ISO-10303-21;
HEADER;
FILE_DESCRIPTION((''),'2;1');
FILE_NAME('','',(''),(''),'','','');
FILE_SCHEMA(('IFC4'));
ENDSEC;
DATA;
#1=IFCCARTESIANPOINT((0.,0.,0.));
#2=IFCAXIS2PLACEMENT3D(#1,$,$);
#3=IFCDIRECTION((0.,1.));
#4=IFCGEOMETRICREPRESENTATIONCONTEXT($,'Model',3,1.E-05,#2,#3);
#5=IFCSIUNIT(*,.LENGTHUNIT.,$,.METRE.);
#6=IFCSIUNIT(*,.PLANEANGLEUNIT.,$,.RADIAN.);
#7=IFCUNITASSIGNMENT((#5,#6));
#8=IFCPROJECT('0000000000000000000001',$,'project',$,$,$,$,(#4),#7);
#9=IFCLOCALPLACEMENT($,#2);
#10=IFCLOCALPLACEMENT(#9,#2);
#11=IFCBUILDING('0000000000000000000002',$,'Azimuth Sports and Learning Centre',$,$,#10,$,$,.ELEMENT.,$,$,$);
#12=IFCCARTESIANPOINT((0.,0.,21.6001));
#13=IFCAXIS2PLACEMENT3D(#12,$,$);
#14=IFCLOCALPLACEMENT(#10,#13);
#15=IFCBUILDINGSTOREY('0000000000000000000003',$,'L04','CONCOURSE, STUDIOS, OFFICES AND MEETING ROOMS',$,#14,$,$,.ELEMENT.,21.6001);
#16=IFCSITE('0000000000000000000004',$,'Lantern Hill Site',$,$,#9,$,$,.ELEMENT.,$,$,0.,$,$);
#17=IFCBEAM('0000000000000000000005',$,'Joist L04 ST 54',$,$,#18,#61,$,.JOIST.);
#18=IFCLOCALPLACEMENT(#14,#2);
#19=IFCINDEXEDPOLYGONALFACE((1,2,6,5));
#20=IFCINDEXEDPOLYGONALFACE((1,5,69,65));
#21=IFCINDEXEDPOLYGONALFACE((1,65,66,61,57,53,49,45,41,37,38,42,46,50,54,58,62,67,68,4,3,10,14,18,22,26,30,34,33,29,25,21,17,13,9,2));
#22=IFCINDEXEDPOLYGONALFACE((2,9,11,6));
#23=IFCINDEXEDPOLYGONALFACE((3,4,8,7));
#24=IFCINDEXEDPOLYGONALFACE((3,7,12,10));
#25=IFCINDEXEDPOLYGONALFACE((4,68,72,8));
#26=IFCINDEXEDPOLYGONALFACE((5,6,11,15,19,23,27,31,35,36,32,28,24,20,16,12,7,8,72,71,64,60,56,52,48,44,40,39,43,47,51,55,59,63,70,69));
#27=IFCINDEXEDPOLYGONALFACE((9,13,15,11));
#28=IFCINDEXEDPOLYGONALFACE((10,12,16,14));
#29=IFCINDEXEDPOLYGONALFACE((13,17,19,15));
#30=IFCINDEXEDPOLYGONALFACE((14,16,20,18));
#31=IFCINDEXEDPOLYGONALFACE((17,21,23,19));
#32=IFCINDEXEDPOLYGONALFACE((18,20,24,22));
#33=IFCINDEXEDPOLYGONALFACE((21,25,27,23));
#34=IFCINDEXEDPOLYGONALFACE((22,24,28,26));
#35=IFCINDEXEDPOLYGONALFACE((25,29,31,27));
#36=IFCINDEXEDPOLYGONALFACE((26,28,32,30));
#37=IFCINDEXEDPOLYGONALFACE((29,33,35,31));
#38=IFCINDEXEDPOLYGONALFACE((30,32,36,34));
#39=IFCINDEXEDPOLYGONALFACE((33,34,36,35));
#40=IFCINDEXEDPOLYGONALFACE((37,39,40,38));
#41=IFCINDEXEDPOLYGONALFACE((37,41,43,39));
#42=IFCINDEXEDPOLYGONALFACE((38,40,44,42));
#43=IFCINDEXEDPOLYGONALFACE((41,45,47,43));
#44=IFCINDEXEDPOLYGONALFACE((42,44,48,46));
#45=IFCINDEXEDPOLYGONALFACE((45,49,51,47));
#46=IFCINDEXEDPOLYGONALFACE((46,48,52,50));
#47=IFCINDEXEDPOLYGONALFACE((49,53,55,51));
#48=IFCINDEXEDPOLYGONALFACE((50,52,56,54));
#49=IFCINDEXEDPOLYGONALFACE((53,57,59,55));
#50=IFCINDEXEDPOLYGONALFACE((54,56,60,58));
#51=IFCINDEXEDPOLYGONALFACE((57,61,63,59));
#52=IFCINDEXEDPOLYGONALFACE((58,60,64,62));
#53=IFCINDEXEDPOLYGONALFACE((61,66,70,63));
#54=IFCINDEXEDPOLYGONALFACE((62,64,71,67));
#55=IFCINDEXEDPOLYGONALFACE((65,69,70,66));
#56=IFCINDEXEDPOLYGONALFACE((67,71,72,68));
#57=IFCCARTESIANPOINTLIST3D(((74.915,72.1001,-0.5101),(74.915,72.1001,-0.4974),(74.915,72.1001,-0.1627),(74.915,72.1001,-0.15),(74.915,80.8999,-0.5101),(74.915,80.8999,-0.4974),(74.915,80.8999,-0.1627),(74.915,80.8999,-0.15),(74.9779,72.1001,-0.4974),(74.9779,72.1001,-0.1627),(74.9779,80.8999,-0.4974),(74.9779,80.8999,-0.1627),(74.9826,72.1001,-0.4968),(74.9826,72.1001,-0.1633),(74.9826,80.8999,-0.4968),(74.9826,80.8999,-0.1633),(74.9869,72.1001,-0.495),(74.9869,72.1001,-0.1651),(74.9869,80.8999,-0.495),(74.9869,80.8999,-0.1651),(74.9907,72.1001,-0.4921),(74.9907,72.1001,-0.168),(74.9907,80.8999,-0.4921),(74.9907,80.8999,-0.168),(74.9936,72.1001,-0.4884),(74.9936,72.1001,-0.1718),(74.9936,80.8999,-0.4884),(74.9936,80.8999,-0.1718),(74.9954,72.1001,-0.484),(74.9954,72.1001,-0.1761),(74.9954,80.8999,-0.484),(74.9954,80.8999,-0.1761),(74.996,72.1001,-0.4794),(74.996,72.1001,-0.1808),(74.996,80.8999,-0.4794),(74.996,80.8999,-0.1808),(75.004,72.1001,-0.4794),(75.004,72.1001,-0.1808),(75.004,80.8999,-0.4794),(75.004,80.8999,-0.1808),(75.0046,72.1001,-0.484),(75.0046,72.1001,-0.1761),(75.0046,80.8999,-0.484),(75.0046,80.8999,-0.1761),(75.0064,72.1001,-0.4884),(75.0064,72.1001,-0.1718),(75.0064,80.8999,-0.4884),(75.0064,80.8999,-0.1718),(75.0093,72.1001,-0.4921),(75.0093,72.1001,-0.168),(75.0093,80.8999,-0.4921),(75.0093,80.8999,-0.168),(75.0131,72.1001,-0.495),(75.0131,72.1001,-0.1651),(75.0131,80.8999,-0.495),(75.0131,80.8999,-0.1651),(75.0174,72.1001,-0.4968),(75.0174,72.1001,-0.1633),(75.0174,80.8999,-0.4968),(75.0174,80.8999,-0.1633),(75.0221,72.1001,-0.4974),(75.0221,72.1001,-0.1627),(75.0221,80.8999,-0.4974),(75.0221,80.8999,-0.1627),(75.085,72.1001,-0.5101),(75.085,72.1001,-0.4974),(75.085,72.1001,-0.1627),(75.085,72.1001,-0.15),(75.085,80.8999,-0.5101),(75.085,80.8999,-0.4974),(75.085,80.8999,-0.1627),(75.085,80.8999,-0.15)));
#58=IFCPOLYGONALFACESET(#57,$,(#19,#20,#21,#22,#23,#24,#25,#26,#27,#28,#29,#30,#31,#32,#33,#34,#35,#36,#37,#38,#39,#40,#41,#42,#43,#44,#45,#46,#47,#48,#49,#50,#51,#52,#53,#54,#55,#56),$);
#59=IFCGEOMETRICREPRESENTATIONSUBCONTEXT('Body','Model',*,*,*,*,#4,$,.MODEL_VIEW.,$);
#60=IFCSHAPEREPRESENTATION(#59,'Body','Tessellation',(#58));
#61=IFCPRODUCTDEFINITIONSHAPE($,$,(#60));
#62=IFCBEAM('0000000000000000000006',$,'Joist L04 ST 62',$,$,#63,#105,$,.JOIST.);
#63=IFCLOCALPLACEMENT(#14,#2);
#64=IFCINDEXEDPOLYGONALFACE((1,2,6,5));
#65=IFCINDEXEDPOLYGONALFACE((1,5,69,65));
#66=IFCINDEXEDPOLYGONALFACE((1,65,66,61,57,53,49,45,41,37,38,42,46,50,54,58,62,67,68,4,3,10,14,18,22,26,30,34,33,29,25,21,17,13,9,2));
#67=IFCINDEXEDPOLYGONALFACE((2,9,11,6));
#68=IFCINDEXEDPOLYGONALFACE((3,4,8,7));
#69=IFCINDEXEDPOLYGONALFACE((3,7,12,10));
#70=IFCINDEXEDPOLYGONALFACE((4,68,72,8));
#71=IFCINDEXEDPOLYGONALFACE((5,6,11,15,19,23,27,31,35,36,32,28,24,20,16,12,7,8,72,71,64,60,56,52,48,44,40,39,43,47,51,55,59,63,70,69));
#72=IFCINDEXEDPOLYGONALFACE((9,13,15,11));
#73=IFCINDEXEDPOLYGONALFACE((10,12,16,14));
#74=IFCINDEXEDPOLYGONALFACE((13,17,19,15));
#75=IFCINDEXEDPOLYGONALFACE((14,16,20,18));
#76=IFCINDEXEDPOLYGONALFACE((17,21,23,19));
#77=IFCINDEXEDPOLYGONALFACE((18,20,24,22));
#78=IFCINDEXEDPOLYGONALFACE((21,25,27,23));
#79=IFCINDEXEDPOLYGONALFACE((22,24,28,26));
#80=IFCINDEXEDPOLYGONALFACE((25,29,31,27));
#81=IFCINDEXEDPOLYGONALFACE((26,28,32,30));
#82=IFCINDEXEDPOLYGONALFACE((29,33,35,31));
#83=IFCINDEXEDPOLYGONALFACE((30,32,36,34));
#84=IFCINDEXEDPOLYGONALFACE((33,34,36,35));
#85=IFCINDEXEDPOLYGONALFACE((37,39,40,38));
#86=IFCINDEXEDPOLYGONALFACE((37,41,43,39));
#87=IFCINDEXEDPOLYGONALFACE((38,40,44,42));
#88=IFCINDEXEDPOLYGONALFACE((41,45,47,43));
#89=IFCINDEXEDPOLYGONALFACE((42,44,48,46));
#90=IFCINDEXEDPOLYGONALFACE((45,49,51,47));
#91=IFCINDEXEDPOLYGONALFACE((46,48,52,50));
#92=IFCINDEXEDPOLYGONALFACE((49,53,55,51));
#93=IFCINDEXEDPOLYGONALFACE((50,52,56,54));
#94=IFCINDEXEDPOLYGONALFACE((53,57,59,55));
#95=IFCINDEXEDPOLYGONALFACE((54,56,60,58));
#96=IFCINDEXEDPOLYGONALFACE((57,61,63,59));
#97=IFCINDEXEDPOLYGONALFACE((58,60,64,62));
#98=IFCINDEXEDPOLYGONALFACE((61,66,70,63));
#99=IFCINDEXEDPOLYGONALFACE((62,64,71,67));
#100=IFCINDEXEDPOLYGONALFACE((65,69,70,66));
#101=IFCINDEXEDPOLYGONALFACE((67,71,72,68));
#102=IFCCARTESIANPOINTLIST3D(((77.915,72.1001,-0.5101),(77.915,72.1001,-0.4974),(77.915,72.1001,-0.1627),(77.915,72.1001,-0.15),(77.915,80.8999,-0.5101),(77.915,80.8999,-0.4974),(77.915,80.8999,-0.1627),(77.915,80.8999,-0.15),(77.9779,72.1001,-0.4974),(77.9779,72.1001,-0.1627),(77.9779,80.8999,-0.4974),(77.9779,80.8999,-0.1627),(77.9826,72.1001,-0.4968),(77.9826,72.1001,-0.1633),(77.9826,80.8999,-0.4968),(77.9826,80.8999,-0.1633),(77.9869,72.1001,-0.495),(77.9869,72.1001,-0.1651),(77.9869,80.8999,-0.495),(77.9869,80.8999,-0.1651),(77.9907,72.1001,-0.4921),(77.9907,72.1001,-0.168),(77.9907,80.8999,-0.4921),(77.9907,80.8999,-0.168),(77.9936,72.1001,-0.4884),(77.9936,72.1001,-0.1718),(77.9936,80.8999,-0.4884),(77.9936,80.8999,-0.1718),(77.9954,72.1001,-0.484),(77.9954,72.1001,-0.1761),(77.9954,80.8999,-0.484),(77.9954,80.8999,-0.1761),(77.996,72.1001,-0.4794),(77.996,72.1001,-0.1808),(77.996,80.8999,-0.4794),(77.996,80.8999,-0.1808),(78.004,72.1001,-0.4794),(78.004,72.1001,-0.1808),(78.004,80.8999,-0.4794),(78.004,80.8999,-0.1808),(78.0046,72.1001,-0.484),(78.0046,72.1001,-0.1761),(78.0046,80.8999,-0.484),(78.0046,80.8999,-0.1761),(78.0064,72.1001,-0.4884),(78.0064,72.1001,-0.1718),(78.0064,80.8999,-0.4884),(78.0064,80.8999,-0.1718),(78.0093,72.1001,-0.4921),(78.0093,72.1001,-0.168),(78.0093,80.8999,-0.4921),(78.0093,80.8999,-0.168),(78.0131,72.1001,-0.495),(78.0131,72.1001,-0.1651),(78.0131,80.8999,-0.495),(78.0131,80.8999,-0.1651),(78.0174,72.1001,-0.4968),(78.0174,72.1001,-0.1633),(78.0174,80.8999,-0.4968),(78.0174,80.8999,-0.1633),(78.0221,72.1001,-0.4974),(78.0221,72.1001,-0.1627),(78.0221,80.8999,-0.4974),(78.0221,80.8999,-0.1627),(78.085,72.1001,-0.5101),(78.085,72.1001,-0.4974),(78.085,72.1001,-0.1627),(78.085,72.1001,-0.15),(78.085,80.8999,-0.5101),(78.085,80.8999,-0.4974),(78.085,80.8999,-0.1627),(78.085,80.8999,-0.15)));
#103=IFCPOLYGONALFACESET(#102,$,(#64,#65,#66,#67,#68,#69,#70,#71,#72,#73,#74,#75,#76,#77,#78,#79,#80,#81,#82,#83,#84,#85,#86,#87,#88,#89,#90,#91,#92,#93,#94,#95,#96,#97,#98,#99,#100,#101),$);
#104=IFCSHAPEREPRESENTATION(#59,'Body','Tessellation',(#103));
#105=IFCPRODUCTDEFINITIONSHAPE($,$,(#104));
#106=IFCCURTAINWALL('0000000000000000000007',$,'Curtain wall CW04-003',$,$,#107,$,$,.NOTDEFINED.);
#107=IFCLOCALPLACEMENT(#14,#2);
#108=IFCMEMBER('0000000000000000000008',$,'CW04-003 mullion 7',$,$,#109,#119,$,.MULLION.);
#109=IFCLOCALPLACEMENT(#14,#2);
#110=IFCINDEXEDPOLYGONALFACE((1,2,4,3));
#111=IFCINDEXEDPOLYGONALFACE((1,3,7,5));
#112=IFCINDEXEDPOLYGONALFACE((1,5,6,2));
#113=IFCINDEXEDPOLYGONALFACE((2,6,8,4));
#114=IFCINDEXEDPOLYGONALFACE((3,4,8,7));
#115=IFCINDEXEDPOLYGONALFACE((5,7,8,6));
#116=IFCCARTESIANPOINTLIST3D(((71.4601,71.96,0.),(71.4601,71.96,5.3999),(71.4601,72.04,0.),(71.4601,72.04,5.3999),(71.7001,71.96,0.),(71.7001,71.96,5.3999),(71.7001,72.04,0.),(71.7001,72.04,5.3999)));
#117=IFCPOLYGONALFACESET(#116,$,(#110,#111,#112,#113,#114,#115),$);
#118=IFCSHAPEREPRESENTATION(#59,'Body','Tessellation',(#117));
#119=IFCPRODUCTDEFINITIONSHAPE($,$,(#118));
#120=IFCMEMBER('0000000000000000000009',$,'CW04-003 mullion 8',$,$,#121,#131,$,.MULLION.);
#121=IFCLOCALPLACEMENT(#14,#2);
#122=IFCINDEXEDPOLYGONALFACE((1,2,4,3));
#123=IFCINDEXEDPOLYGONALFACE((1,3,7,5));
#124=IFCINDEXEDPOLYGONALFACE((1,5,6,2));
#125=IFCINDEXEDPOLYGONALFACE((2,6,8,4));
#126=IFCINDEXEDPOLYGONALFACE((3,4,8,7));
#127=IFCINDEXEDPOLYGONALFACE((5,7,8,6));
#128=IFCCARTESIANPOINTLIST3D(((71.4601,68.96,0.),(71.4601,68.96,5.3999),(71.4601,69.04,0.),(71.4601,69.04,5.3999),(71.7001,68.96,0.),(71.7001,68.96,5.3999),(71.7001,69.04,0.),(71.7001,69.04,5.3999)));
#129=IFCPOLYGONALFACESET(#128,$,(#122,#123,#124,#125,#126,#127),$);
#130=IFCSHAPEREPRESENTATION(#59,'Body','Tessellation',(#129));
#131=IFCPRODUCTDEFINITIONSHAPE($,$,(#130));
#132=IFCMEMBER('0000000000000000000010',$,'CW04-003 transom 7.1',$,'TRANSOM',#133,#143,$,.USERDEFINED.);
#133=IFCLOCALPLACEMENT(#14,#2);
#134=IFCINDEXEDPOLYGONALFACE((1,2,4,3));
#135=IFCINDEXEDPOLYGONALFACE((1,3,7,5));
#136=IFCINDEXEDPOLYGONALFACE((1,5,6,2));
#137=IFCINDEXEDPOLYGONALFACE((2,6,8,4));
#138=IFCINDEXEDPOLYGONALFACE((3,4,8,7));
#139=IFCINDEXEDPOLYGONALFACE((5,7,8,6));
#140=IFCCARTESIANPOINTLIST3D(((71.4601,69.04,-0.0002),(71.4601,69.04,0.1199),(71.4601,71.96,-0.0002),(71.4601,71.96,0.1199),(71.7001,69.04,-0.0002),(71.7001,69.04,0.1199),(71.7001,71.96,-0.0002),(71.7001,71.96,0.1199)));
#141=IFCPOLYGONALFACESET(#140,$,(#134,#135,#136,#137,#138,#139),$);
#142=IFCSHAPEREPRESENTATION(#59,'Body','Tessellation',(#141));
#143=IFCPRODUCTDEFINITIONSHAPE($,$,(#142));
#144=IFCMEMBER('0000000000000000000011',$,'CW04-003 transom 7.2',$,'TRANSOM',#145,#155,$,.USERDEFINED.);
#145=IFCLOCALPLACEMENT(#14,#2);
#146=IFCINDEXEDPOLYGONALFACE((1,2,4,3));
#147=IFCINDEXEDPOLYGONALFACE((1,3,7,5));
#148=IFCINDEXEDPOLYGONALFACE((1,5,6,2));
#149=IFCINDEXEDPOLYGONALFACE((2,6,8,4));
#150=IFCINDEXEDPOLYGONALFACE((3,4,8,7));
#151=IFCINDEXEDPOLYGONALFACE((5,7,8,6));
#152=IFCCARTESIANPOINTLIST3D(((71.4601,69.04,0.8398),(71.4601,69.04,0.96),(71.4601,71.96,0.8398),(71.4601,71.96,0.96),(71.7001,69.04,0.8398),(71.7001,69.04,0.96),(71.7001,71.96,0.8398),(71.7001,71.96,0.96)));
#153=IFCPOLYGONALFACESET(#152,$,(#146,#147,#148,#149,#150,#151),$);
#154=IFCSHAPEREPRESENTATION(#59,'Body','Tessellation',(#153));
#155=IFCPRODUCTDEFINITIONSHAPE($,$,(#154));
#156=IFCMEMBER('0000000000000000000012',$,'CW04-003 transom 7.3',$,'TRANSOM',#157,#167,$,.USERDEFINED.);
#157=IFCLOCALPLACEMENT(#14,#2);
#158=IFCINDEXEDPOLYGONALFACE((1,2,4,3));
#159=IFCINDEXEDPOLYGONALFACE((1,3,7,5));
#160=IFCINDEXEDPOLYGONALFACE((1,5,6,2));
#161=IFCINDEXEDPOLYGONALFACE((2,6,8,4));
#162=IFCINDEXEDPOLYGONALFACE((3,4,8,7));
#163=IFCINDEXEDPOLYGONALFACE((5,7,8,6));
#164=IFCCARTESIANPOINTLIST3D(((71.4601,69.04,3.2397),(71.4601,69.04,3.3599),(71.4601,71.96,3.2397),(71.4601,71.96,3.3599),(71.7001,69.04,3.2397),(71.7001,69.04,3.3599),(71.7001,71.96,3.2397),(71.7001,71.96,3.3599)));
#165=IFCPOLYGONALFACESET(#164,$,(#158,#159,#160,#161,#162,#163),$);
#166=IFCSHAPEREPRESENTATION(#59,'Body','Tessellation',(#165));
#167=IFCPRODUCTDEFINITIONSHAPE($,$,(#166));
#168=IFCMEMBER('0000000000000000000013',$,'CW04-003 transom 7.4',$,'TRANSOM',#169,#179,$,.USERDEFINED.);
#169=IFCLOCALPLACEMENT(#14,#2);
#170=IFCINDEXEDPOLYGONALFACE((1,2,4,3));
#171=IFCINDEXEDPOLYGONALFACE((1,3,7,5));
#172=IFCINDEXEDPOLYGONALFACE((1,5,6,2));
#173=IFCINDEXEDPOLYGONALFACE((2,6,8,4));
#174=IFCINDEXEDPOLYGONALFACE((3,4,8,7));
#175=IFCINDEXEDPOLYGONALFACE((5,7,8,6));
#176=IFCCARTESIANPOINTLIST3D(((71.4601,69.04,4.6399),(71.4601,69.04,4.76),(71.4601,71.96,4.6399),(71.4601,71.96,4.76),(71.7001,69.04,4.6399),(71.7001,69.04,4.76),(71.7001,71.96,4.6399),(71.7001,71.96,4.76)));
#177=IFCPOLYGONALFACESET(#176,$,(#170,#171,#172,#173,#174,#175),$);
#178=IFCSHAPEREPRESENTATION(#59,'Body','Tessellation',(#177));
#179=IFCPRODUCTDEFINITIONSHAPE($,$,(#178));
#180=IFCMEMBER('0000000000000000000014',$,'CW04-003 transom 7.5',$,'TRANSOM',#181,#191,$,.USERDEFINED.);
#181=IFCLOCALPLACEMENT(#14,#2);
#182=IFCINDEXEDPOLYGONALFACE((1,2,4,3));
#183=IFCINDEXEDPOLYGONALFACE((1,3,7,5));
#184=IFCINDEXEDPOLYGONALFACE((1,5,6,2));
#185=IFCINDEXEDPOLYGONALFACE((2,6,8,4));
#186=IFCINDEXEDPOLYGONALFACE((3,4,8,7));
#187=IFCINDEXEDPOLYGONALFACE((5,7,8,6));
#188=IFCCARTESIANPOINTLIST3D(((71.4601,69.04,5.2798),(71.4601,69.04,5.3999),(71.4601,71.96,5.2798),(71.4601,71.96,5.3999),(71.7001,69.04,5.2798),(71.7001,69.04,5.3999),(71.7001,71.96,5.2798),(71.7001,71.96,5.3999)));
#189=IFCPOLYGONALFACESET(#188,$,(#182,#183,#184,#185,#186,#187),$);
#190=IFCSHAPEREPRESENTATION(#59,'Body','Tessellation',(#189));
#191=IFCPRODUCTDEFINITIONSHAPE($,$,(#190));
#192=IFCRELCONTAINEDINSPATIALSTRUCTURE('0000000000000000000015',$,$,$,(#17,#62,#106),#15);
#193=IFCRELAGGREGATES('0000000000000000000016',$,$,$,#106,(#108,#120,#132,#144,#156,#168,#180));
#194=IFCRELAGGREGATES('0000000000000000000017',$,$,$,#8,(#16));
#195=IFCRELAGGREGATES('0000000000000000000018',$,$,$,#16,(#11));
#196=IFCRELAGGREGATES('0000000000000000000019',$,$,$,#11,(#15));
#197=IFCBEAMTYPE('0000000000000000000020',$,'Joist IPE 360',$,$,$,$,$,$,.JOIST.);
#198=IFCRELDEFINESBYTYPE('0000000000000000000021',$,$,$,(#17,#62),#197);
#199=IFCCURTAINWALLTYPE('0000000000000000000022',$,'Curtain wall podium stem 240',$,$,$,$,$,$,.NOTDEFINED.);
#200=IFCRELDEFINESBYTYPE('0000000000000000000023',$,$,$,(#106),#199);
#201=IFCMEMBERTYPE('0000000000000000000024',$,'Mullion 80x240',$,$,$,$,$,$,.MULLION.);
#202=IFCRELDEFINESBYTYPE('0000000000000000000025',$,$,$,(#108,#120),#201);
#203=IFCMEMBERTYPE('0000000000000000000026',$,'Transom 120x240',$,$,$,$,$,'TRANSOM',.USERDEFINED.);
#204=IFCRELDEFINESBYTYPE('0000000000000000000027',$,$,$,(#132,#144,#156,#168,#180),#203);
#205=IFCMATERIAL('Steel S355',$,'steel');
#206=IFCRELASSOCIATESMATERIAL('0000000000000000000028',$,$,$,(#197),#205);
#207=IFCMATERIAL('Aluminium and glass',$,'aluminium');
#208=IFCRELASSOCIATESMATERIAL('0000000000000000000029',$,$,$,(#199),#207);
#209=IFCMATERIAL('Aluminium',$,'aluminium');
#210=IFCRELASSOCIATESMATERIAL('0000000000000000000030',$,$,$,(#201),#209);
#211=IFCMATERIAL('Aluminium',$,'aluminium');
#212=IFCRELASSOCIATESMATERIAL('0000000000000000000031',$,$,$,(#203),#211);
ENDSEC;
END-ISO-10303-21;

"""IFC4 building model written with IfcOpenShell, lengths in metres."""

from ifc_helpers import new_model, si_unit, direction, frame, origin, origin_2d, place, context, subcontext, project, spatial, rectangle, i_section, extrude, material, material_profile, profile_set, type_object, element, aggregate, save


model = new_model("IFC4")

# Units and contexts
model_context = context("Model", 3, precision=1e-05, world=origin(), true_north=direction((0.0, 1.0)))
body_context = subcontext(model_context, "Body", "Model", "MODEL_VIEW")
ifc_project = project(units=[si_unit("LENGTHUNIT", "METRE"), si_unit("PLANEANGLEUNIT", "RADIAN")], contexts=[model_context])

# Site, building, storey
site_placement = place(None, origin())
site = spatial("IfcSite", under=ifc_project, at=site_placement, Name="Lantern Hill Site", CompositionType="ELEMENT", RefElevation=0.0)
building_placement = place(site_placement, origin())
building = spatial("IfcBuilding", under=site, at=building_placement, Name="Azimuth Sports and Learning Centre", CompositionType="ELEMENT")
storey_placement = place(building_placement, frame((0.0, 0.0, 21.6001)))
storey = spatial("IfcBuildingStorey", under=building, at=storey_placement, Name="L04", Description="CONCOURSE, STUDIOS, OFFICES AND MEETING ROOMS", CompositionType="ELEMENT", Elevation=21.6001)

# Beams
ifc_material_1 = material(Name="Steel S355", Category="steel")
ifc_material_profile_1 = material_profile(ifc_material_1, i_section(OverallWidth=0.1699, OverallDepth=0.3601, WebThickness=0.0081, FlangeThickness=0.0127, FilletRadius=0.0181, at=origin_2d()), Name="IPE 360")
ifc_profile_set_1 = profile_set([ifc_material_profile_1], Name="Steel S355")
beam_type_1 = type_object("IfcBeamType", Name="Joist IPE 360", PredefinedType="JOIST", material=ifc_profile_set_1)
for number, where, z_axis, x_axis, name in (
    (1, (75.0, 72.1001, -0.3301), (0.0, 1.0, 0.0), (-1.0, 0.0, 0.0), "Joist L04 ST 54"),
    (2, (78.0, 72.1001, -0.3301), (0.0, 1.0, 0.0), (-1.0, 0.0, 0.0), "Joist L04 ST 62"),
):
    element("IfcBeam", number, at=place(storey_placement, frame(where, z_axis=z_axis, x_axis=x_axis)), inside=storey, type_object=beam_type_1, Name=name, PredefinedType="JOIST", context=body_context, shape_type="SweptSolid", body=[
        extrude(i_section(OverallWidth=0.1699, OverallDepth=0.3601, WebThickness=0.0081, FlangeThickness=0.0127, FilletRadius=0.0181, at=origin_2d()), origin(), (0.0, 0.0, 1.0), 8.7998),
    ])

# Curtain wall, members
ifc_material_2 = material(Name="Aluminium and glass", Category="aluminium")
curtain_wall_type = type_object("IfcCurtainWallType", Name="Curtain wall podium stem 240", PredefinedType="NOTDEFINED", material=ifc_material_2)
curtain_wall_placement = place(storey_placement, origin())
curtain_wall = element("IfcCurtainWall", 3, at=curtain_wall_placement, inside=storey, type_object=curtain_wall_type, Name="Curtain wall CW04-003", PredefinedType="NOTDEFINED")
ifc_material_3 = material(Name="Aluminium", Category="aluminium")
ifc_material_profile_2 = material_profile(ifc_material_3, rectangle(XDim=0.24, YDim=0.0801, at=origin_2d()), Name="Mullion 80x240")
ifc_profile_set_2 = profile_set([ifc_material_profile_2], Name="Aluminium")
member_type_1 = type_object("IfcMemberType", Name="Mullion 80x240", PredefinedType="MULLION", material=ifc_profile_set_2)
member_1_placement = place(storey_placement, frame((71.5801, 72.0, 0.0), z_axis=(0.0, 0.0, 1.0), x_axis=(1.0, 0.0, 0.0)))
member_1 = element("IfcMember", 4, at=member_1_placement, type_object=member_type_1, Name="CW04-003 mullion 7", PredefinedType="MULLION", context=body_context, shape_type="SweptSolid", body=[
    extrude(rectangle(XDim=0.24, YDim=0.0801, at=origin_2d()), origin(), (0.0, 0.0, 1.0), 5.3999),
])
member_2_placement = place(storey_placement, frame((71.5801, 69.0, 0.0), z_axis=(0.0, 0.0, 1.0), x_axis=(1.0, 0.0, 0.0)))
member_2 = element("IfcMember", 5, at=member_2_placement, type_object=member_type_1, Name="CW04-003 mullion 8", PredefinedType="MULLION", context=body_context, shape_type="SweptSolid", body=[
    extrude(rectangle(XDim=0.24, YDim=0.0801, at=origin_2d()), origin(), (0.0, 0.0, 1.0), 5.3999),
])
ifc_material_4 = material(Name="Aluminium", Category="aluminium")
ifc_material_profile_3 = material_profile(ifc_material_4, rectangle(XDim=0.24, YDim=0.1201, at=origin_2d()), Name="Transom 120x240")
ifc_profile_set_3 = profile_set([ifc_material_profile_3], Name="Aluminium")
member_type_2 = type_object("IfcMemberType", Name="Transom 120x240", ElementType="TRANSOM", PredefinedType="USERDEFINED", material=ifc_profile_set_3)
member_3_placement = place(storey_placement, frame((71.5801, 71.96, 0.0598), z_axis=(0.0, -1.0, 0.0), x_axis=(1.0, 0.0, 0.0)))
member_3 = element("IfcMember", 6, at=member_3_placement, type_object=member_type_2, Name="CW04-003 transom 7.1", ObjectType="TRANSOM", PredefinedType="USERDEFINED", context=body_context, shape_type="SweptSolid", body=[
    extrude(rectangle(XDim=0.24, YDim=0.1201, at=origin_2d()), origin(), (0.0, 0.0, 1.0), 2.9199),
])
member_4_placement = place(storey_placement, frame((71.5801, 71.96, 0.8999), z_axis=(0.0, -1.0, 0.0), x_axis=(1.0, 0.0, 0.0)))
member_4 = element("IfcMember", 7, at=member_4_placement, type_object=member_type_2, Name="CW04-003 transom 7.2", ObjectType="TRANSOM", PredefinedType="USERDEFINED", context=body_context, shape_type="SweptSolid", body=[
    extrude(rectangle(XDim=0.24, YDim=0.1201, at=origin_2d()), origin(), (0.0, 0.0, 1.0), 2.9199),
])
member_5_placement = place(storey_placement, frame((71.5801, 71.96, 3.2998), z_axis=(0.0, -1.0, 0.0), x_axis=(1.0, 0.0, 0.0)))
member_5 = element("IfcMember", 8, at=member_5_placement, type_object=member_type_2, Name="CW04-003 transom 7.3", ObjectType="TRANSOM", PredefinedType="USERDEFINED", context=body_context, shape_type="SweptSolid", body=[
    extrude(rectangle(XDim=0.24, YDim=0.1201, at=origin_2d()), origin(), (0.0, 0.0, 1.0), 2.9199),
])
member_6_placement = place(storey_placement, frame((71.5801, 71.96, 4.7), z_axis=(0.0, -1.0, 0.0), x_axis=(1.0, 0.0, 0.0)))
member_6 = element("IfcMember", 9, at=member_6_placement, type_object=member_type_2, Name="CW04-003 transom 7.4", ObjectType="TRANSOM", PredefinedType="USERDEFINED", context=body_context, shape_type="SweptSolid", body=[
    extrude(rectangle(XDim=0.24, YDim=0.1201, at=origin_2d()), origin(), (0.0, 0.0, 1.0), 2.9199),
])
member_7_placement = place(storey_placement, frame((71.5801, 71.96, 5.3398), z_axis=(0.0, -1.0, 0.0), x_axis=(1.0, 0.0, 0.0)))
member_7 = element("IfcMember", 10, at=member_7_placement, type_object=member_type_2, Name="CW04-003 transom 7.5", ObjectType="TRANSOM", PredefinedType="USERDEFINED", context=body_context, shape_type="SweptSolid", body=[
    extrude(rectangle(XDim=0.24, YDim=0.1201, at=origin_2d()), origin(), (0.0, 0.0, 1.0), 2.9199),
])
aggregate(curtain_wall, [member_1, member_2, member_3, member_4, member_5, member_6, member_7])

save(model, "model.ifc")
